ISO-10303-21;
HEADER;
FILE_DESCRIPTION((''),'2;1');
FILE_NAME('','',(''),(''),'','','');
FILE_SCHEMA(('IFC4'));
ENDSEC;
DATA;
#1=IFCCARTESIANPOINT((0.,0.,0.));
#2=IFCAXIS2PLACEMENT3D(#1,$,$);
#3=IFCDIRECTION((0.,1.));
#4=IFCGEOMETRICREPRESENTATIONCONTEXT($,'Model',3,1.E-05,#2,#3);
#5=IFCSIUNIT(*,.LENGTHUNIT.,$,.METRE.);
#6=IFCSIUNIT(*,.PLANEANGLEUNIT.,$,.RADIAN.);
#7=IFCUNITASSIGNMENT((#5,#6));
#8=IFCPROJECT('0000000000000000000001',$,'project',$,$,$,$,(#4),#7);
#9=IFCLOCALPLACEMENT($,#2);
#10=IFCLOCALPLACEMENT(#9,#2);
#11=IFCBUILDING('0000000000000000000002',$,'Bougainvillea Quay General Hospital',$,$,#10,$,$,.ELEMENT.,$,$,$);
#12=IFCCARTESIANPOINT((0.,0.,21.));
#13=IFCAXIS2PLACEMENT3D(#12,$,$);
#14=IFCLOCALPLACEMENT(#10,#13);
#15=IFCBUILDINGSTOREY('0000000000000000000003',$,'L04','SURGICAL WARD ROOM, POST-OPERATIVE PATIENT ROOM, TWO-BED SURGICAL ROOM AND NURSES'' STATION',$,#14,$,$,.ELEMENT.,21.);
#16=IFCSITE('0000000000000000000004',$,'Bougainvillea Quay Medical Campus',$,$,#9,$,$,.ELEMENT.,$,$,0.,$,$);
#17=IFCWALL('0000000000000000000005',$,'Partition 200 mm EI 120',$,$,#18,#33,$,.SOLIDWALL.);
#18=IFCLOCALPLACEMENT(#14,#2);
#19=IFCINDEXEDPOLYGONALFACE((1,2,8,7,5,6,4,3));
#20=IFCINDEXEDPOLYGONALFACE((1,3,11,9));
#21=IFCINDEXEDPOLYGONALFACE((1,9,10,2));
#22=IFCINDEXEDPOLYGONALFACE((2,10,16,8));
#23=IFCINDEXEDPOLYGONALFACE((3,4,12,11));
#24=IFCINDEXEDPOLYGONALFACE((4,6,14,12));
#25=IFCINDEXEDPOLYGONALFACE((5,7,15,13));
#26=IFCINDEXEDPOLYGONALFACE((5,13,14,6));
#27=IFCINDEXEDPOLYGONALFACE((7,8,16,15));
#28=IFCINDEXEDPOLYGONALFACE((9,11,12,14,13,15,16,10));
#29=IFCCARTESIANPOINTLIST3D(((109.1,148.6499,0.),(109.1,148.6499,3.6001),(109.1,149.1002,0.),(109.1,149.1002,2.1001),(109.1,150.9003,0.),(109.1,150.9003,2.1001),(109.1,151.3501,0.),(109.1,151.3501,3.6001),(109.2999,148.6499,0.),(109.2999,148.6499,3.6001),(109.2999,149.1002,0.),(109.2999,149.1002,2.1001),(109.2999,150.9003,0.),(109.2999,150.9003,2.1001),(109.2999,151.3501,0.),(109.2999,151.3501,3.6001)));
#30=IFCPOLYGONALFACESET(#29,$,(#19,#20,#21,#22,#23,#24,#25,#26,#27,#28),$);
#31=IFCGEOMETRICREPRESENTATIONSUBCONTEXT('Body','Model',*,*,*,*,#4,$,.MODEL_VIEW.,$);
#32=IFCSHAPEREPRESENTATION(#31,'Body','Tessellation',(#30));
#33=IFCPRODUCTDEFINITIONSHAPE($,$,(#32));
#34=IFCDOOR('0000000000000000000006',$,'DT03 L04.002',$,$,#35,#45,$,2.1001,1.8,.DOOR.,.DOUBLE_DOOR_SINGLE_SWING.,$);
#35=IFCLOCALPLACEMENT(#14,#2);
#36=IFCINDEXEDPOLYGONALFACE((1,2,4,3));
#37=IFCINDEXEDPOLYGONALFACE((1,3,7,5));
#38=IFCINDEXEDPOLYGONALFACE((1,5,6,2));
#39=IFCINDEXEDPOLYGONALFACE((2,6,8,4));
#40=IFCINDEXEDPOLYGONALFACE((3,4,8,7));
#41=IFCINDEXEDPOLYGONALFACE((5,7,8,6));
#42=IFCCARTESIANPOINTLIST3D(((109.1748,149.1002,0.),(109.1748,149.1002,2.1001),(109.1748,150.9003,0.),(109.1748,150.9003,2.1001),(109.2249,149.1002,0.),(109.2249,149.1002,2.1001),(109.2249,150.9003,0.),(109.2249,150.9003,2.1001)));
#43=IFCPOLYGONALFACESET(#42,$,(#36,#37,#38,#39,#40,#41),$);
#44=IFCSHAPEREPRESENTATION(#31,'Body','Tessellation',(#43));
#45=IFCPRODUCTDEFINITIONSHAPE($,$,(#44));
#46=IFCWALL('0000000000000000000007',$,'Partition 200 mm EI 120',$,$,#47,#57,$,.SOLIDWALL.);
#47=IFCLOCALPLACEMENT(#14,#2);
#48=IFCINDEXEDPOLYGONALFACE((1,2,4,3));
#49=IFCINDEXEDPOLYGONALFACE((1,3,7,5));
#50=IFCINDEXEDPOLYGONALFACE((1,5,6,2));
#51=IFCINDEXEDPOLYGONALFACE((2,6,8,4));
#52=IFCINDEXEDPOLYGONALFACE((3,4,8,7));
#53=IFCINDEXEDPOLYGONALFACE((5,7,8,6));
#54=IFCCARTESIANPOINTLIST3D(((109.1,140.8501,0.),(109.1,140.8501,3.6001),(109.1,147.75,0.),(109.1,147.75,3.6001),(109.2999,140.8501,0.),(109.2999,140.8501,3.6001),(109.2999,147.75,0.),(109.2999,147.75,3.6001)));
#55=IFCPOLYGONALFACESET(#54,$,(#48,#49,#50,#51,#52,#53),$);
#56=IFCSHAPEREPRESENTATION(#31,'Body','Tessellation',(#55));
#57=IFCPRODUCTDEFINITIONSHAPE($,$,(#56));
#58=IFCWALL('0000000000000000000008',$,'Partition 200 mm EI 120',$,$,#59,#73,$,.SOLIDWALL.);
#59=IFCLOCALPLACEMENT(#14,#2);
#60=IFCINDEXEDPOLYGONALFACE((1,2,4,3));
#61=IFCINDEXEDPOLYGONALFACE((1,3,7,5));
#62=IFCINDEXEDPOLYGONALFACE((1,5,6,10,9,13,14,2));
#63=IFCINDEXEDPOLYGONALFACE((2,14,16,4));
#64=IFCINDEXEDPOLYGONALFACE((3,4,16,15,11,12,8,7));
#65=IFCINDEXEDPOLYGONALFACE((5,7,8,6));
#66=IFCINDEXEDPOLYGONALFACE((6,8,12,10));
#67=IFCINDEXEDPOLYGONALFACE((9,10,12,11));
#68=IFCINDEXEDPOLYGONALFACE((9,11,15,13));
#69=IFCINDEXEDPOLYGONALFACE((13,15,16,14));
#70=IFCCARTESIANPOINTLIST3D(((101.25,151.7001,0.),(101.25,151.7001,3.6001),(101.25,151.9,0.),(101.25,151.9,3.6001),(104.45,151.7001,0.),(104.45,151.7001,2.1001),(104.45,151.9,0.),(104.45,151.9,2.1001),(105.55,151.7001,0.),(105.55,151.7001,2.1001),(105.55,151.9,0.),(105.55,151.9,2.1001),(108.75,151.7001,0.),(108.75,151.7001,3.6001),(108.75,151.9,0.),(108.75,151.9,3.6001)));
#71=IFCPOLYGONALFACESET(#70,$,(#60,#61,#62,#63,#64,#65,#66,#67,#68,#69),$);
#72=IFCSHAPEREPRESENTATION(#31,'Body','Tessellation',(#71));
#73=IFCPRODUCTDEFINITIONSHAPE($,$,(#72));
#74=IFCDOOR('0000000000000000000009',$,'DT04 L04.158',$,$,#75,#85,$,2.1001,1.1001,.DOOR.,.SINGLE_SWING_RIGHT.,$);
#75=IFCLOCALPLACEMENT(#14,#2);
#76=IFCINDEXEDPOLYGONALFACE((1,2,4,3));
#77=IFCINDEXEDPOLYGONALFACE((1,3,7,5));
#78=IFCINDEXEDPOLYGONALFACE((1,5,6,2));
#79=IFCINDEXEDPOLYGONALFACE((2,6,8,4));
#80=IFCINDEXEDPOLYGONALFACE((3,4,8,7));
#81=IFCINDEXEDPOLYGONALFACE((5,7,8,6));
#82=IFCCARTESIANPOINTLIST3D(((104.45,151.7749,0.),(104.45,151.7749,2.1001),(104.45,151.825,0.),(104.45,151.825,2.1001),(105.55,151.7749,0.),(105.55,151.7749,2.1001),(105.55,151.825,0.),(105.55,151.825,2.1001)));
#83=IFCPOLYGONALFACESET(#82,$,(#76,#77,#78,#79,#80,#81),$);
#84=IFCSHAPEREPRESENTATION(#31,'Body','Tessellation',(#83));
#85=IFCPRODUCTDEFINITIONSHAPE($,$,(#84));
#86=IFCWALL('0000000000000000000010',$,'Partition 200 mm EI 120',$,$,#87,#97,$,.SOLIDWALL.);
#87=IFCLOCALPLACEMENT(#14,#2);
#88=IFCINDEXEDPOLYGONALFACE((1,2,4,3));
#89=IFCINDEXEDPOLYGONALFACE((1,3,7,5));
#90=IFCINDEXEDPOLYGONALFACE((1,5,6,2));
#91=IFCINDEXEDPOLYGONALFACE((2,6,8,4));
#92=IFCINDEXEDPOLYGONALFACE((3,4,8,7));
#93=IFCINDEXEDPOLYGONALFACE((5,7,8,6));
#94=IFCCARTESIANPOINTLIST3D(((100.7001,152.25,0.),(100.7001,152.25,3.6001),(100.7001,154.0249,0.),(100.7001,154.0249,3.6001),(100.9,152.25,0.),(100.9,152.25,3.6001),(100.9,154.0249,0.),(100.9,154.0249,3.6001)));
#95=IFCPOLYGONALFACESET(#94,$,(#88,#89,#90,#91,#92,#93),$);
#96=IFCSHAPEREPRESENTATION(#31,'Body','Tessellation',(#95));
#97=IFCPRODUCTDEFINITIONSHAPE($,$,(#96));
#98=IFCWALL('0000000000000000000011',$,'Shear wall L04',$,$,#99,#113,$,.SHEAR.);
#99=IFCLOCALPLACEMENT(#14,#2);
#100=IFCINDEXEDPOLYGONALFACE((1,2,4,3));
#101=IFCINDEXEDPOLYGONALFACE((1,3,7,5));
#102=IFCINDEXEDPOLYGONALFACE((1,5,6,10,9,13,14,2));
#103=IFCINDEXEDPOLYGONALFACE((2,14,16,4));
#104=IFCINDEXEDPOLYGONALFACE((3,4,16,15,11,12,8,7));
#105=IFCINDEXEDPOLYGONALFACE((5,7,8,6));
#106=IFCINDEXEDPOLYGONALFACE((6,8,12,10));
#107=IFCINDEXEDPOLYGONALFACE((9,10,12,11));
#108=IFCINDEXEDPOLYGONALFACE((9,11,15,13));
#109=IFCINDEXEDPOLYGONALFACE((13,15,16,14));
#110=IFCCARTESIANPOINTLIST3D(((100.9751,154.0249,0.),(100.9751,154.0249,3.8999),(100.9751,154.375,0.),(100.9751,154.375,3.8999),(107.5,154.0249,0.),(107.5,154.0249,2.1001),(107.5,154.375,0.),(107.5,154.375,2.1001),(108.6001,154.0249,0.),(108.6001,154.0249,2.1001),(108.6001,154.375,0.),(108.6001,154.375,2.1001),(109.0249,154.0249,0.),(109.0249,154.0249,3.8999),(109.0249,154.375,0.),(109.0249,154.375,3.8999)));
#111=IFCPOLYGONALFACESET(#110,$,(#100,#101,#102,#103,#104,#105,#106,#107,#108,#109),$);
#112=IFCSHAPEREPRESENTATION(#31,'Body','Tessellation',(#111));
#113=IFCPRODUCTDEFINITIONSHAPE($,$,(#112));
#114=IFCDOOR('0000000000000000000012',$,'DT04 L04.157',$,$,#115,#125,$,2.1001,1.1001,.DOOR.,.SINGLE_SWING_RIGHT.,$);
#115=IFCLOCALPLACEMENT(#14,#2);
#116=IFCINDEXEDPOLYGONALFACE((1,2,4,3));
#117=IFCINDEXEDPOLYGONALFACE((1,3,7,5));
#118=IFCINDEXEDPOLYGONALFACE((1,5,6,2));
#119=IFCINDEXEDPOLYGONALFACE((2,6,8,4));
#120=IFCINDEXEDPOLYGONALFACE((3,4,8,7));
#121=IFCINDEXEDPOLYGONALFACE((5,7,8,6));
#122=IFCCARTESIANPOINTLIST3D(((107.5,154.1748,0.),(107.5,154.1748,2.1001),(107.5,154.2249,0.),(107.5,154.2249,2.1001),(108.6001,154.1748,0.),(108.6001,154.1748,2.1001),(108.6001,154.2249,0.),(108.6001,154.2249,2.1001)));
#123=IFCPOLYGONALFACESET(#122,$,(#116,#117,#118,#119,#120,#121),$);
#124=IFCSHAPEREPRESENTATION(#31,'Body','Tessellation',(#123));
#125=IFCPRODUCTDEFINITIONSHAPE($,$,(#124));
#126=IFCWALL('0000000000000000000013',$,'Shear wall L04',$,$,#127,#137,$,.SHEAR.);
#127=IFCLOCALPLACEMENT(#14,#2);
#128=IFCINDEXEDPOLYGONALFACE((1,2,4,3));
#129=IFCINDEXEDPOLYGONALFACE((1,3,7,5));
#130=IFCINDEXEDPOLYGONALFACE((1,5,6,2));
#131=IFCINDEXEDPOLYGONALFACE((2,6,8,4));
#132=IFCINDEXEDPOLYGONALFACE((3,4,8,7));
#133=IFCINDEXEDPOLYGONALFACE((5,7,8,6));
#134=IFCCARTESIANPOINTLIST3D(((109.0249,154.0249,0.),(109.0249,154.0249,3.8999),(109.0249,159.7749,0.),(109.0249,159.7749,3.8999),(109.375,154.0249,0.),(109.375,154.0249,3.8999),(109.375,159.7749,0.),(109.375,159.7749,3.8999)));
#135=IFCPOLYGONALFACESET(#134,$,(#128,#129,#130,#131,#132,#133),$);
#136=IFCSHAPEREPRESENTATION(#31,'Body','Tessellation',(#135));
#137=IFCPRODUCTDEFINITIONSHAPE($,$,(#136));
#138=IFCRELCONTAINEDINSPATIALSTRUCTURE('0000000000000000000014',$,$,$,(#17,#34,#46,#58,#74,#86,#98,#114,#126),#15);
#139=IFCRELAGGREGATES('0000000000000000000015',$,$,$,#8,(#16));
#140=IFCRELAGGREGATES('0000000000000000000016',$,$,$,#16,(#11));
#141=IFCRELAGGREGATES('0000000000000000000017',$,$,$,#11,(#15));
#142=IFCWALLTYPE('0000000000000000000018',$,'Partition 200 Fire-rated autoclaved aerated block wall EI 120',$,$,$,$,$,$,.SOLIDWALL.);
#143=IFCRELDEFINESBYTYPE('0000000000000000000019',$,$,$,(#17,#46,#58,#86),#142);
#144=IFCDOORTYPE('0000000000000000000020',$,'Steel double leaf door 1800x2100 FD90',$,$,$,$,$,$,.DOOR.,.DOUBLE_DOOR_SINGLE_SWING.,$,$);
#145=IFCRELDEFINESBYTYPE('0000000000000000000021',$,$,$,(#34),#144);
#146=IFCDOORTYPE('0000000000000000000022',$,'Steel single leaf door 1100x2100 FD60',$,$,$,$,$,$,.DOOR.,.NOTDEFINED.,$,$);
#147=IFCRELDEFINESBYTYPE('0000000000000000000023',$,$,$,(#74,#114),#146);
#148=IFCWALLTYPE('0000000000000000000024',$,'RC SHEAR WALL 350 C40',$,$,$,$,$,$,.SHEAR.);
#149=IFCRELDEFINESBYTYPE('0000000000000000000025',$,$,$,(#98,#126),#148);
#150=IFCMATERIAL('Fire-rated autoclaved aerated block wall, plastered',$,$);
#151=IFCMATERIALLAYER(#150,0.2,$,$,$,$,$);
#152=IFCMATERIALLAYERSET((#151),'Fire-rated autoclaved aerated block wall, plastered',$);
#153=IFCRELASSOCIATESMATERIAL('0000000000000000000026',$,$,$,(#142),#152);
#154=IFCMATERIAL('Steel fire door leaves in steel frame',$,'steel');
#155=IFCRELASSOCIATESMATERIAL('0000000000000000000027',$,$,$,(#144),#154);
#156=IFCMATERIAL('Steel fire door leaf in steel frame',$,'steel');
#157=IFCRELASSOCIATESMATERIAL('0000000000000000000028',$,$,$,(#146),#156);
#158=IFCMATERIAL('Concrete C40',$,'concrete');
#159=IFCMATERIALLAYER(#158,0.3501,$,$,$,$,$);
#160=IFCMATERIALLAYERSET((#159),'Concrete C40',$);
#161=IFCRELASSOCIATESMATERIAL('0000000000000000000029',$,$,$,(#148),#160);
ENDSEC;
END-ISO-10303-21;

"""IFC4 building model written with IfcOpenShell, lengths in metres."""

from ifc_helpers import new_model, si_unit, direction, frame, frame_2d, origin, place, context, subcontext, project, spatial, rectangle, extrude, material, layer, layer_set, type_object, element, fill, save


model = new_model("IFC4")

# Units and contexts
model_context = context("Model", 3, precision=1e-05, world=origin(), true_north=direction((0.0, 1.0)))
body_context = subcontext(model_context, "Body", "Model", "MODEL_VIEW")
ifc_project = project(units=[si_unit("LENGTHUNIT", "METRE"), si_unit("PLANEANGLEUNIT", "RADIAN")], contexts=[model_context])

# Site, building, storey
site_placement = place(None, origin())
site = spatial("IfcSite", under=ifc_project, at=site_placement, Name="Bougainvillea Quay Medical Campus", CompositionType="ELEMENT", RefElevation=0.0)
building_placement = place(site_placement, origin())
building = spatial("IfcBuilding", under=site, at=building_placement, Name="Bougainvillea Quay General Hospital", CompositionType="ELEMENT")
storey_placement = place(building_placement, frame((0.0, 0.0, 21.0)))
storey = spatial("IfcBuildingStorey", under=building, at=storey_placement, Name="L04", Description="SURGICAL WARD ROOM, POST-OPERATIVE PATIENT ROOM, TWO-BED SURGICAL ROOM AND NURSES' STATION", CompositionType="ELEMENT", Elevation=21.0)

# Shared definitions
ifc_material_1 = material(Name="Concrete C40", Category="concrete")

# Shared definitions
ifc_material_2 = material(Name="Fire-rated autoclaved aerated block wall, plastered")
ifc_layer_1 = layer(ifc_material_2, 0.2)
ifc_layer_set_1 = layer_set([ifc_layer_1], Name="Fire-rated autoclaved aerated block wall, plastered")
wall_type_1 = type_object("IfcWallType", Name="Partition 200 Fire-rated autoclaved aerated block wall EI 120", PredefinedType="SOLIDWALL", material=ifc_layer_set_1)

# Wall, opening, door
wall_1_placement = place(storey_placement, frame((109.2, 151.3501, 0.0), z_axis=(0.0, 0.0, 1.0), x_axis=(0.0, -1.0, 0.0)))
wall_1 = element("IfcWall", 1, at=wall_1_placement, inside=storey, type_object=wall_type_1, Name="Partition 200 mm EI 120", PredefinedType="SOLIDWALL", context=body_context, shape_type="SweptSolid", body=[
    extrude(rectangle(XDim=2.7002, YDim=0.2, at=frame_2d((1.3501, 0.0))), origin(), (0.0, 0.0, 1.0), 3.6001),
])
opening_1_placement = place(wall_1_placement, frame((0.45, 0.0, 0.0)))
opening_1 = element("IfcOpeningElement", 2, at=opening_1_placement, cuts=wall_1, PredefinedType="OPENING", context=body_context, shape_type="SweptSolid", body=[
    extrude(rectangle(XDim=1.8, YDim=2.1001, at=frame_2d((0.8999, 1.05))), frame((0.0, 0.1099, 0.0), z_axis=(0.0, -1.0, 0.0), x_axis=(1.0, 0.0, 0.0)), (0.0, 0.0, 1.0), 0.22),
])
ifc_material_3 = material(Name="Steel fire door leaves in steel frame", Category="steel")
door_type_1 = type_object("IfcDoorType", Name="Steel double leaf door 1800x2100 FD90", OperationType="DOUBLE_DOOR_SINGLE_SWING", PredefinedType="DOOR", material=ifc_material_3)
door_1_placement = place(opening_1_placement, origin())
door_1 = element("IfcDoor", 3, at=door_1_placement, inside=storey, type_object=door_type_1, Name="DT03 L04.002", OperationType="DOUBLE_DOOR_SINGLE_SWING", OverallHeight=2.1001, OverallWidth=1.8, PredefinedType="DOOR", context=body_context, shape_type="SweptSolid", body=[
    extrude(rectangle(XDim=1.8, YDim=2.1001, at=frame_2d((0.8999, 1.05))), frame((0.0, 0.0249, 0.0), z_axis=(0.0, -1.0, 0.0), x_axis=(1.0, 0.0, 0.0)), (0.0, 0.0, 1.0), 0.05),
])
fill(opening_1, door_1)

# Wall
wall_2_placement = place(storey_placement, frame((109.2, 147.75, 0.0), z_axis=(0.0, 0.0, 1.0), x_axis=(0.0, -1.0, 0.0)))
element("IfcWall", 4, at=wall_2_placement, inside=storey, type_object=wall_type_1, Name="Partition 200 mm EI 120", PredefinedType="SOLIDWALL", context=body_context, shape_type="SweptSolid", body=[
    extrude(rectangle(XDim=6.8999, YDim=0.2, at=frame_2d((3.45, 0.0))), origin(), (0.0, 0.0, 1.0), 3.6001),
])

# Wall, opening, door
wall_3_placement = place(storey_placement, frame((101.25, 151.8, 0.0), z_axis=(0.0, 0.0, 1.0), x_axis=(1.0, 0.0, 0.0)))
wall_3 = element("IfcWall", 5, at=wall_3_placement, inside=storey, type_object=wall_type_1, Name="Partition 200 mm EI 120", PredefinedType="SOLIDWALL", context=body_context, shape_type="SweptSolid", body=[
    extrude(rectangle(XDim=7.5, YDim=0.2, at=frame_2d((3.75, 0.0))), origin(), (0.0, 0.0, 1.0), 3.6001),
])
opening_2_placement = place(wall_3_placement, frame((3.2, 0.0, 0.0)))
opening_2 = element("IfcOpeningElement", 6, at=opening_2_placement, cuts=wall_3, PredefinedType="OPENING", context=body_context, shape_type="SweptSolid", body=[
    extrude(rectangle(XDim=1.1001, YDim=2.1001, at=frame_2d((0.55, 1.05))), frame((0.0, 0.1099, 0.0), z_axis=(0.0, -1.0, 0.0), x_axis=(1.0, 0.0, 0.0)), (0.0, 0.0, 1.0), 0.22),
])
ifc_material_4 = material(Name="Steel fire door leaf in steel frame", Category="steel")
door_type_2 = type_object("IfcDoorType", Name="Steel single leaf door 1100x2100 FD60", OperationType="NOTDEFINED", PredefinedType="DOOR", material=ifc_material_4)
door_2_placement = place(opening_2_placement, origin())
door_2 = element("IfcDoor", 7, at=door_2_placement, inside=storey, type_object=door_type_2, Name="DT04 L04.158", OperationType="SINGLE_SWING_RIGHT", OverallHeight=2.1001, OverallWidth=1.1001, PredefinedType="DOOR", context=body_context, shape_type="SweptSolid", body=[
    extrude(rectangle(XDim=1.1001, YDim=2.1001, at=frame_2d((0.55, 1.05))), frame((0.0, 0.0249, 0.0), z_axis=(0.0, -1.0, 0.0), x_axis=(1.0, 0.0, 0.0)), (0.0, 0.0, 1.0), 0.05),
])
fill(opening_2, door_2)

# Wall
wall_4_placement = place(storey_placement, frame((100.8, 152.25, 0.0), z_axis=(0.0, 0.0, 1.0), x_axis=(0.0, 1.0, 0.0)))
element("IfcWall", 8, at=wall_4_placement, inside=storey, type_object=wall_type_1, Name="Partition 200 mm EI 120", PredefinedType="SOLIDWALL", context=body_context, shape_type="SweptSolid", body=[
    extrude(rectangle(XDim=1.7749, YDim=0.2, at=frame_2d((0.8875, 0.0))), origin(), (0.0, 0.0, 1.0), 3.6001),
])

# Wall, opening, door
ifc_layer_2 = layer(ifc_material_1, 0.3501)
ifc_layer_set_2 = layer_set([ifc_layer_2], Name="Concrete C40")
wall_type_2 = type_object("IfcWallType", Name="RC SHEAR WALL 350 C40", PredefinedType="SHEAR", material=ifc_layer_set_2)
wall_5_placement = place(storey_placement, frame((100.9751, 154.2, 0.0), z_axis=(0.0, 0.0, 1.0), x_axis=(1.0, 0.0, 0.0)))
wall_5 = element("IfcWall", 9, at=wall_5_placement, inside=storey, type_object=wall_type_2, Name="Shear wall L04", PredefinedType="SHEAR", context=body_context, shape_type="SweptSolid", body=[
    extrude(rectangle(XDim=8.0498, YDim=0.3501, at=frame_2d((4.0249, 0.0))), origin(), (0.0, 0.0, 1.0), 3.8999),
])
opening_3_placement = place(wall_5_placement, frame((6.5249, 0.0, 0.0)))
opening_3 = element("IfcOpeningElement", 10, at=opening_3_placement, cuts=wall_5, PredefinedType="OPENING", context=body_context, shape_type="SweptSolid", body=[
    extrude(rectangle(XDim=1.1001, YDim=2.1001, at=frame_2d((0.55, 1.05))), frame((0.0, 0.1851, 0.0), z_axis=(0.0, -1.0, 0.0), x_axis=(1.0, 0.0, 0.0)), (0.0, 0.0, 1.0), 0.3701),
])
door_3_placement = place(opening_3_placement, origin())
door_3 = element("IfcDoor", 11, at=door_3_placement, inside=storey, type_object=door_type_2, Name="DT04 L04.157", OperationType="SINGLE_SWING_RIGHT", OverallHeight=2.1001, OverallWidth=1.1001, PredefinedType="DOOR", context=body_context, shape_type="SweptSolid", body=[
    extrude(rectangle(XDim=1.1001, YDim=2.1001, at=frame_2d((0.55, 1.05))), frame((0.0, 0.0249, 0.0), z_axis=(0.0, -1.0, 0.0), x_axis=(1.0, 0.0, 0.0)), (0.0, 0.0, 1.0), 0.05),
])
fill(opening_3, door_3)

# Wall
wall_6_placement = place(storey_placement, frame((109.2, 154.0249, 0.0), z_axis=(0.0, 0.0, 1.0), x_axis=(0.0, 1.0, 0.0)))
element("IfcWall", 12, at=wall_6_placement, inside=storey, type_object=wall_type_2, Name="Shear wall L04", PredefinedType="SHEAR", context=body_context, shape_type="SweptSolid", body=[
    extrude(rectangle(XDim=5.75, YDim=0.3501, at=frame_2d((2.875, 0.0))), origin(), (0.0, 0.0, 1.0), 3.8999),
])

save(model, "model.ifc")
